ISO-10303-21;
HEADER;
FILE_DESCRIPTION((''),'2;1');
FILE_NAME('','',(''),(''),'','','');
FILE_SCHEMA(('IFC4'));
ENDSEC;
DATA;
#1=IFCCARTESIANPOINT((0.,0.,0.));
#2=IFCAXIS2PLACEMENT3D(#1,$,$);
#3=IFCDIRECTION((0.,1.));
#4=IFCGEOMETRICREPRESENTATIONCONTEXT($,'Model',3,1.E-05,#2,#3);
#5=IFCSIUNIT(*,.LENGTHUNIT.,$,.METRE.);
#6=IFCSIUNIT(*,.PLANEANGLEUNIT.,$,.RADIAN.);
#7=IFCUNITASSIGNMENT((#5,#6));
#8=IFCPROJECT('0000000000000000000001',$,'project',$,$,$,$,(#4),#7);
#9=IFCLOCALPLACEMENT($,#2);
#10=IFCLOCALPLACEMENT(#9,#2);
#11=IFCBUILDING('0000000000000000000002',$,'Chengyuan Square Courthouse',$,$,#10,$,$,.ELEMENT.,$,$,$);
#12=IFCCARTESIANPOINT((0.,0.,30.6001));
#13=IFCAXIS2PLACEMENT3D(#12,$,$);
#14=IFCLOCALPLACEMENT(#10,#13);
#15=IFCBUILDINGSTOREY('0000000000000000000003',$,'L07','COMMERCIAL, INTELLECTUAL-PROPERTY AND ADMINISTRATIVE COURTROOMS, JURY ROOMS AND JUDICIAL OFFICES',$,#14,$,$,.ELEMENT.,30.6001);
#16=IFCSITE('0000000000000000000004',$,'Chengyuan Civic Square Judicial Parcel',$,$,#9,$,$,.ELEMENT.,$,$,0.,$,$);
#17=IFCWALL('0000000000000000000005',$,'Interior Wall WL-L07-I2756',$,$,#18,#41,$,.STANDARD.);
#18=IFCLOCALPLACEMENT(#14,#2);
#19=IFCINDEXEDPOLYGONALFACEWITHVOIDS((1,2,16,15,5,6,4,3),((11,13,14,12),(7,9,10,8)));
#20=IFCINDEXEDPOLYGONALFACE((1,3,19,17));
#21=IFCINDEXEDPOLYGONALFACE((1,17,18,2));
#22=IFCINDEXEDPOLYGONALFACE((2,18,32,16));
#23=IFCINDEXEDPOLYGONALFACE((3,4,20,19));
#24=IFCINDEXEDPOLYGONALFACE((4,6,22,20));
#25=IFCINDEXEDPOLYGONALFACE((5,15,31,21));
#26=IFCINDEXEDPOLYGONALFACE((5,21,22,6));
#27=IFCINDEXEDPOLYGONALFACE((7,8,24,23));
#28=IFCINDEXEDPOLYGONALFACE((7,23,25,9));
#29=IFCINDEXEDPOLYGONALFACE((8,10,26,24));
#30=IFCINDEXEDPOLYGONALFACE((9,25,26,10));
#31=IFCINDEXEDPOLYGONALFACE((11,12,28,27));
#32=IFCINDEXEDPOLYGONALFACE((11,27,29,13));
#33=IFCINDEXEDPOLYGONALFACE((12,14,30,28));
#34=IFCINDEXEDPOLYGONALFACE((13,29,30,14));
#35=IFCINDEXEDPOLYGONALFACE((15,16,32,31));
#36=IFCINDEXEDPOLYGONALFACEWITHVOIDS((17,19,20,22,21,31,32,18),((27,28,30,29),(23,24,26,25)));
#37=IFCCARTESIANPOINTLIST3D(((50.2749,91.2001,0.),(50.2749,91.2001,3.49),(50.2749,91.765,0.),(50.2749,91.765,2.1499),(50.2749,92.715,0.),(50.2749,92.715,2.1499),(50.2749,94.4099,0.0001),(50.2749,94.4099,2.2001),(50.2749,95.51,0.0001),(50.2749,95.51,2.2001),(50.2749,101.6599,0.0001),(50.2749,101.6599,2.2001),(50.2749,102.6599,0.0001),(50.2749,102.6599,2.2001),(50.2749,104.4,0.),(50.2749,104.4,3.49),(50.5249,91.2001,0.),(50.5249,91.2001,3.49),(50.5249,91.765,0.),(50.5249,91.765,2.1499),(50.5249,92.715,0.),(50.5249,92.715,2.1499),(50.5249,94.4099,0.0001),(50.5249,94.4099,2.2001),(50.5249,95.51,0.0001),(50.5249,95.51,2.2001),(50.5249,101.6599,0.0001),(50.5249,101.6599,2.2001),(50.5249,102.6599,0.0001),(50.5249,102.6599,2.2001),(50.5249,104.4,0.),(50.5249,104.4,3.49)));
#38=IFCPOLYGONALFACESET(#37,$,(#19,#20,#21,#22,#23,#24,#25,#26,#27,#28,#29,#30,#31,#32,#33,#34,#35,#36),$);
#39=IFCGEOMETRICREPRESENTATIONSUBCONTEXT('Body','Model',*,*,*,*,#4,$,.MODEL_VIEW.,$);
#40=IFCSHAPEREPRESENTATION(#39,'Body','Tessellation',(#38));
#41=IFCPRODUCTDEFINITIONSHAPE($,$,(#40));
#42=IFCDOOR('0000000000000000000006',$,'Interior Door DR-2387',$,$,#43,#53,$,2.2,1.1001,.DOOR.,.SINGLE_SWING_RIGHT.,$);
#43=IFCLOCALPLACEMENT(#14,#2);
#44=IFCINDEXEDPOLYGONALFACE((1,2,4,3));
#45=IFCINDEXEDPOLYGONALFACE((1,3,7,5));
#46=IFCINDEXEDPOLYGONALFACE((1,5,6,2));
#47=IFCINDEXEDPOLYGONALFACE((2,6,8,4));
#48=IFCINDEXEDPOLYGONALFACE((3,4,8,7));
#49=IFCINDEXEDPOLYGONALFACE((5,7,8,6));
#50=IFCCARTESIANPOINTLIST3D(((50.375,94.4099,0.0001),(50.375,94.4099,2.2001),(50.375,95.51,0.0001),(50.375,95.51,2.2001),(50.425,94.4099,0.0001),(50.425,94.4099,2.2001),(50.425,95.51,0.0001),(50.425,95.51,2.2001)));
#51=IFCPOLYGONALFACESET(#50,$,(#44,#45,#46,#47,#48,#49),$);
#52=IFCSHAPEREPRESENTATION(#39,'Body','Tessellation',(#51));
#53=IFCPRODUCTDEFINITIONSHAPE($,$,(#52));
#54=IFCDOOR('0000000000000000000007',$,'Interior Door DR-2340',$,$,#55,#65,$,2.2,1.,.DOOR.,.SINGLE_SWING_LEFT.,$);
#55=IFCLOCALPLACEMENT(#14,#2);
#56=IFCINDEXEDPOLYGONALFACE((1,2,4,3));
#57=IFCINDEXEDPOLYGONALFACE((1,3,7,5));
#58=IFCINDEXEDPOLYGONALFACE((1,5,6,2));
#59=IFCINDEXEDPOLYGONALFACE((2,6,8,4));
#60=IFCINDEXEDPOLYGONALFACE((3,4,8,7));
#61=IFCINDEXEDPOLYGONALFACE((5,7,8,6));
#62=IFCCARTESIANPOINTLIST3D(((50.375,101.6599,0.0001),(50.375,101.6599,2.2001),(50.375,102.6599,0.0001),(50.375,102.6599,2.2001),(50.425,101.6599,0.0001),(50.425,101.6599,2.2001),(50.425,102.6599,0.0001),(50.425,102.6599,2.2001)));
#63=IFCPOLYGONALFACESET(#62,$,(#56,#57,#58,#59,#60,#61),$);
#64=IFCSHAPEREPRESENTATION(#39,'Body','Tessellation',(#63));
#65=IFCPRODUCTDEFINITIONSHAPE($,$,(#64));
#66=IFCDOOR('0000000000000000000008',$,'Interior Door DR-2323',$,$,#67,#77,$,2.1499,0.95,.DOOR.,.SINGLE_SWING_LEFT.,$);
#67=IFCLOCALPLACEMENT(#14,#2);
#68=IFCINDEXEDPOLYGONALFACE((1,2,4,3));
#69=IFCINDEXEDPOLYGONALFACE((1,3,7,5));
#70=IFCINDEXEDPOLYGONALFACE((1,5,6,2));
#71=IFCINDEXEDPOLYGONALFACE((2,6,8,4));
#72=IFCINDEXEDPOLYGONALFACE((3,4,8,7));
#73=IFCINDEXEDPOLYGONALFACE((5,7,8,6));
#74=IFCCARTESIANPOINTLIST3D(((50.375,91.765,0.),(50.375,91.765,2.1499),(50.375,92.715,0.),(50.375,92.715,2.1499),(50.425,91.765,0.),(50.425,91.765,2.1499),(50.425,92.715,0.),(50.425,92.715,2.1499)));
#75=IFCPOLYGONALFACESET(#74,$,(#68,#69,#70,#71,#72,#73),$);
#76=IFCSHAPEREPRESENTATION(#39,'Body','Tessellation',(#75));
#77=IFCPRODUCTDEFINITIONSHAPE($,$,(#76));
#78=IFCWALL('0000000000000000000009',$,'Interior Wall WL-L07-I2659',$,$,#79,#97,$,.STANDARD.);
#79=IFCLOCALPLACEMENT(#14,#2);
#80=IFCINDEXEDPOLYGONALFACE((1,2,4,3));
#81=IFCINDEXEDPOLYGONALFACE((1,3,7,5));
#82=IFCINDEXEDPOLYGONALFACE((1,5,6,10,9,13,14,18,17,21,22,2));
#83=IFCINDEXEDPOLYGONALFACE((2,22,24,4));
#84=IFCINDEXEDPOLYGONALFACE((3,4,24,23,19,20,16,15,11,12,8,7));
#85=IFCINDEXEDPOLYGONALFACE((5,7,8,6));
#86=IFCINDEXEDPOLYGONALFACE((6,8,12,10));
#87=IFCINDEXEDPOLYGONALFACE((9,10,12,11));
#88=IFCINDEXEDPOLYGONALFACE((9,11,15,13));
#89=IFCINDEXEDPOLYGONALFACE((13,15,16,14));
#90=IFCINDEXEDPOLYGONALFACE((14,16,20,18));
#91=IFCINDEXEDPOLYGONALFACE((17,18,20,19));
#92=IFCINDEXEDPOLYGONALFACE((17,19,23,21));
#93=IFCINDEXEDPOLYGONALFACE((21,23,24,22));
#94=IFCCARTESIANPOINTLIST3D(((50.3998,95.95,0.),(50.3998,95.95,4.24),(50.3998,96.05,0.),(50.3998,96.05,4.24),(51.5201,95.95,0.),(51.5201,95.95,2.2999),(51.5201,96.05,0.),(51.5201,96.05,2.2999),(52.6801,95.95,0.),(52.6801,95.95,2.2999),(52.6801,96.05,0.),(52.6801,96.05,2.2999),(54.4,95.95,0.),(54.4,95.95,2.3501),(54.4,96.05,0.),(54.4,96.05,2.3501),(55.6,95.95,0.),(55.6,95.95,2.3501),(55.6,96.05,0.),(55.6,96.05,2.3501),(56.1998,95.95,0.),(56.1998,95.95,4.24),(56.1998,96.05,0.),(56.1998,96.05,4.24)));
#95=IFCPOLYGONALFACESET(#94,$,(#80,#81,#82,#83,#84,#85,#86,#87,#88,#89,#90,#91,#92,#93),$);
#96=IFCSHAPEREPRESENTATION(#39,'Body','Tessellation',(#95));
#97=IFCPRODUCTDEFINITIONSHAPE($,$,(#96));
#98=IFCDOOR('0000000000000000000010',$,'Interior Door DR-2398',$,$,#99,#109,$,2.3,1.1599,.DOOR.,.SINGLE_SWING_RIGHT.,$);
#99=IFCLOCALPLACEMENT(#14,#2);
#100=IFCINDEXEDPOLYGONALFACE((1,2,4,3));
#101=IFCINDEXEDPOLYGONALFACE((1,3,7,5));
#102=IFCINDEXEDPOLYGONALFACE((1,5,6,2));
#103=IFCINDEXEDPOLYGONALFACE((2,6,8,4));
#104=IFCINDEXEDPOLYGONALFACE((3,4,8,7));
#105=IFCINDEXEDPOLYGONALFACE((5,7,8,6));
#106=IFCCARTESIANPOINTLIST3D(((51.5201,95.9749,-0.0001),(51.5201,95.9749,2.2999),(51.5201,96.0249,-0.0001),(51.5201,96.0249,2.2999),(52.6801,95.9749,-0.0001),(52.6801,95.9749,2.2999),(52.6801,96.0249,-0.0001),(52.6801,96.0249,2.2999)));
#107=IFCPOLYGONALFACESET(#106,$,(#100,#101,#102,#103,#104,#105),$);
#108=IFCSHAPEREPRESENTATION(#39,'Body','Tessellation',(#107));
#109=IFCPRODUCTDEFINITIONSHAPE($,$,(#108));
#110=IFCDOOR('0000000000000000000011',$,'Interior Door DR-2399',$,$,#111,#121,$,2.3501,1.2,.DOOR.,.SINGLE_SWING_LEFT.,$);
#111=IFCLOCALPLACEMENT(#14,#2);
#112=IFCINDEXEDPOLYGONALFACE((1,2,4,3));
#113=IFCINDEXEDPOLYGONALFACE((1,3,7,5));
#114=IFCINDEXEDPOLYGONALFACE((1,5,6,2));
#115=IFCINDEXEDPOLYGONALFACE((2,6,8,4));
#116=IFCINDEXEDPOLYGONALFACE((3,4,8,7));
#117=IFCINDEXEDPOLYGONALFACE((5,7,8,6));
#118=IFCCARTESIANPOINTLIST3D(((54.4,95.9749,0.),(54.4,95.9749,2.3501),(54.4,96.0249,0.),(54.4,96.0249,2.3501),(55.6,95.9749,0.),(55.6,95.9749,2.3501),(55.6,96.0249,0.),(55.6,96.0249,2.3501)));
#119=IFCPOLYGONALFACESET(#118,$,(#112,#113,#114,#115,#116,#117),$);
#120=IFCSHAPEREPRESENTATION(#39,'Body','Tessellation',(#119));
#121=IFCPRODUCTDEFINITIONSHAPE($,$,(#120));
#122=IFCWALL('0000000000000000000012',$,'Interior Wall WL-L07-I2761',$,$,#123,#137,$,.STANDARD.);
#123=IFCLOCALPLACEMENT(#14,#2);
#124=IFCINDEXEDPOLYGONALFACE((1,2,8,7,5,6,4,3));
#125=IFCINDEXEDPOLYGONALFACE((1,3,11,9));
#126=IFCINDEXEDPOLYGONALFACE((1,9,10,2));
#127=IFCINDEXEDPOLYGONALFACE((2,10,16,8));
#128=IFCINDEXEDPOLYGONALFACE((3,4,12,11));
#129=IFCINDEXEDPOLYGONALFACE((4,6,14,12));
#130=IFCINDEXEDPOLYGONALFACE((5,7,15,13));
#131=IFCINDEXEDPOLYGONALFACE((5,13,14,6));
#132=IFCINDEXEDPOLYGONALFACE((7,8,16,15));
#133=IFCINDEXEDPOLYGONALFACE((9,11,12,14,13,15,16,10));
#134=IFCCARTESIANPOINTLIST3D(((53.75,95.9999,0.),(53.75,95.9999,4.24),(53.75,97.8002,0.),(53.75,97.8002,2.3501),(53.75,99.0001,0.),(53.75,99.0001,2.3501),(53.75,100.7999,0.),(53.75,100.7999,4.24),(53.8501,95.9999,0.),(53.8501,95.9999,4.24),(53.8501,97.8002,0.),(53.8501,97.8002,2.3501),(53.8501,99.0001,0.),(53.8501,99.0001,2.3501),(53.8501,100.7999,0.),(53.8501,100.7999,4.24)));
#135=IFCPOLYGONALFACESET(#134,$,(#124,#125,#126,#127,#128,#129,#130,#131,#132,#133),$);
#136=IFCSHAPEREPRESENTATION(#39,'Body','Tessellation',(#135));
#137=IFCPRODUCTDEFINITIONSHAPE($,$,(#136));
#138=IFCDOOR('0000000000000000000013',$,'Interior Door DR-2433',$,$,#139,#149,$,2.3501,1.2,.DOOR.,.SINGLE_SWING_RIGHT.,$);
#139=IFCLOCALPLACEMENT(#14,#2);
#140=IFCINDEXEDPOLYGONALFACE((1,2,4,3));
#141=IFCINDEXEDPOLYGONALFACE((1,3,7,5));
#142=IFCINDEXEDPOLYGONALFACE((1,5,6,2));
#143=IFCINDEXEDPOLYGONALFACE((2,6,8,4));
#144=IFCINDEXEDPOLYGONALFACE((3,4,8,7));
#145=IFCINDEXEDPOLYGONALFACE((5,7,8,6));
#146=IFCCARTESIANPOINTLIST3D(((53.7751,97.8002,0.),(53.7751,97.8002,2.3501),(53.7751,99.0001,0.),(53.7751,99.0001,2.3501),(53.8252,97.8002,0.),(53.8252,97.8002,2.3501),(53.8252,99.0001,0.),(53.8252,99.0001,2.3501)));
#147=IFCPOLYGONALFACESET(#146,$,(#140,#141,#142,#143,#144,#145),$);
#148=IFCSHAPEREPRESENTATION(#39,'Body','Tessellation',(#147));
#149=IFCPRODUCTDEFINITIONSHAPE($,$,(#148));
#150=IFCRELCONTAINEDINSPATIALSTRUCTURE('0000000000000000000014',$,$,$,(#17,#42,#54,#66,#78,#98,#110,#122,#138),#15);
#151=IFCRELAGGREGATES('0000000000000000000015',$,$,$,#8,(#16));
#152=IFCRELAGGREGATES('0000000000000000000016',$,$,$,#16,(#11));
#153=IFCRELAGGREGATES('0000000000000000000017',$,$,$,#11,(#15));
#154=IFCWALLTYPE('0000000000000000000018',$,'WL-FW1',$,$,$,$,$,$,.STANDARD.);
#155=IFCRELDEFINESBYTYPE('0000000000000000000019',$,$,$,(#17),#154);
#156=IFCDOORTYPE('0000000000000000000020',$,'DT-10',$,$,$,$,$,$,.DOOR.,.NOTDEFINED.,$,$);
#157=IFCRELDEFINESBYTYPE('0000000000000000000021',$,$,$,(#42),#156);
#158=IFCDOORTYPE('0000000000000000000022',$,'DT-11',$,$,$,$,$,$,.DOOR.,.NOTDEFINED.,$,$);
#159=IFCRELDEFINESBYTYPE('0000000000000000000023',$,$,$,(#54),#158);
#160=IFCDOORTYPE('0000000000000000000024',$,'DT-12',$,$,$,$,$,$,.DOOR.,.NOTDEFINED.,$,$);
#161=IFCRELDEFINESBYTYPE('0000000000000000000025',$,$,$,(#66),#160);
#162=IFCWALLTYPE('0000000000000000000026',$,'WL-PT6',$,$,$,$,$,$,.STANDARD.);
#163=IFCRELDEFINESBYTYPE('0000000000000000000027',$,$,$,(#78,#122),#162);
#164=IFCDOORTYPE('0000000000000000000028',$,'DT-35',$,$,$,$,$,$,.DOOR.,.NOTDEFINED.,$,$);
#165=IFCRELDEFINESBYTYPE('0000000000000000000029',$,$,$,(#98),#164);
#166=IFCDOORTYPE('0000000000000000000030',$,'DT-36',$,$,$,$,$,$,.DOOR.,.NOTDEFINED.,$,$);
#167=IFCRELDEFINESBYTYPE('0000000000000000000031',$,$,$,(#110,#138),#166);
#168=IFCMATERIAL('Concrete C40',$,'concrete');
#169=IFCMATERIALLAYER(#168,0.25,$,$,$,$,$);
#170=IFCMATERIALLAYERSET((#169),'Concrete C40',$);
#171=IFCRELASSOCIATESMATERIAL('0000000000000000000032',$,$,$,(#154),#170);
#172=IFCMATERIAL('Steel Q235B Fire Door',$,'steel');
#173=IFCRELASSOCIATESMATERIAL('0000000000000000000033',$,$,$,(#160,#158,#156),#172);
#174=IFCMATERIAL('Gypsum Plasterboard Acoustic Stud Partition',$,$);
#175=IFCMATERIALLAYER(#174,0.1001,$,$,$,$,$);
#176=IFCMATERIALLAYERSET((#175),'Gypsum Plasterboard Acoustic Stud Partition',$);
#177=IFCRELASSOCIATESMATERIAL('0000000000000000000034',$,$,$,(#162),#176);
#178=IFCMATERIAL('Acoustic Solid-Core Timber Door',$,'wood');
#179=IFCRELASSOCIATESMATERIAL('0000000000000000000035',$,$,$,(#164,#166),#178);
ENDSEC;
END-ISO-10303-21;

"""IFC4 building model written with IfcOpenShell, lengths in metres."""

from ifc_helpers import new_model, si_unit, direction, frame, frame_2d, origin, place, context, subcontext, project, spatial, rectangle, extrude, material, layer, layer_set, type_object, element, fill, save


model = new_model("IFC4")

# Units and contexts
model_context = context("Model", 3, precision=1e-05, world=origin(), true_north=direction((0.0, 1.0)))
body_context = subcontext(model_context, "Body", "Model", "MODEL_VIEW")
ifc_project = project(units=[si_unit("LENGTHUNIT", "METRE"), si_unit("PLANEANGLEUNIT", "RADIAN")], contexts=[model_context])

# Site, building, storey
site_placement = place(None, origin())
site = spatial("IfcSite", under=ifc_project, at=site_placement, Name="Chengyuan Civic Square Judicial Parcel", CompositionType="ELEMENT", RefElevation=0.0)
building_placement = place(site_placement, origin())
building = spatial("IfcBuilding", under=site, at=building_placement, Name="Chengyuan Square Courthouse", CompositionType="ELEMENT")
storey_placement = place(building_placement, frame((0.0, 0.0, 30.6001)))
storey = spatial("IfcBuildingStorey", under=building, at=storey_placement, Name="L07", Description="COMMERCIAL, INTELLECTUAL-PROPERTY AND ADMINISTRATIVE COURTROOMS, JURY ROOMS AND JUDICIAL OFFICES", CompositionType="ELEMENT", Elevation=30.6001)

# Shared definitions
ifc_material_1 = material(Name="Concrete C40", Category="concrete")

# Shared definitions
ifc_layer_1 = layer(ifc_material_1, 0.25)
ifc_layer_set_1 = layer_set([ifc_layer_1], Name="Concrete C40")
wall_type_1 = type_object("IfcWallType", Name="WL-FW1", PredefinedType="STANDARD", material=ifc_layer_set_1)

# Shared definitions
ifc_material_2 = material(Name="Steel Q235B Fire Door", Category="steel")
door_type_1 = type_object("IfcDoorType", Name="DT-12", OperationType="NOTDEFINED", PredefinedType="DOOR", material=ifc_material_2)
door_type_2 = type_object("IfcDoorType", Name="DT-11", OperationType="NOTDEFINED", PredefinedType="DOOR", material=ifc_material_2)

# Wall, openings, doors
wall_1_placement = place(storey_placement, frame((50.3999, 91.2, 0.0), z_axis=(0.0, 0.0, 1.0), x_axis=(0.0, 1.0, 0.0)))
wall_1 = element("IfcWall", 1, at=wall_1_placement, inside=storey, type_object=wall_type_1, Name="Interior Wall WL-L07-I2756", PredefinedType="STANDARD", context=body_context, shape_type="SweptSolid", body=[
    extrude(rectangle(XDim=13.2, YDim=0.25, at=frame_2d((6.6001, 0.0))), origin(), (0.0, 0.0, 1.0), 3.49),
])
opening_1_placement = place(wall_1_placement, frame((0.5649, 0.0, 0.0)))
opening_1 = element("IfcOpeningElement", 2, at=opening_1_placement, cuts=wall_1, PredefinedType="OPENING", context=body_context, shape_type="SweptSolid", body=[
    extrude(rectangle(XDim=0.95, YDim=2.1499, at=frame_2d((0.4751, 1.075))), frame((0.0, 0.137, 0.0), z_axis=(0.0, -1.0, 0.0), x_axis=(1.0, 0.0, 0.0)), (0.0, 0.0, 1.0), 0.2739),
])
opening_2_placement = place(wall_1_placement, frame((10.46, 0.0, 0.0)))
opening_2 = element("IfcOpeningElement", 3, at=opening_2_placement, cuts=wall_1, PredefinedType="OPENING", context=body_context, shape_type="SweptSolid", body=[
    extrude(rectangle(XDim=1.0, YDim=2.2, at=frame_2d((0.5, 1.1001))), frame((0.0, 0.137, 0.0), z_axis=(0.0, -1.0, 0.0), x_axis=(1.0, 0.0, 0.0)), (0.0, 0.0, 1.0), 0.2739),
])
opening_3_placement = place(wall_1_placement, frame((3.21, 0.0, 0.0)))
opening_3 = element("IfcOpeningElement", 4, at=opening_3_placement, cuts=wall_1, PredefinedType="OPENING", context=body_context, shape_type="SweptSolid", body=[
    extrude(rectangle(XDim=1.1001, YDim=2.2, at=frame_2d((0.55, 1.1001))), frame((0.0, 0.137, 0.0), z_axis=(0.0, -1.0, 0.0), x_axis=(1.0, 0.0, 0.0)), (0.0, 0.0, 1.0), 0.2739),
])
door_type_3 = type_object("IfcDoorType", Name="DT-10", OperationType="NOTDEFINED", PredefinedType="DOOR", material=ifc_material_2)
door_1_placement = place(opening_3_placement, origin())
door_1 = element("IfcDoor", 5, at=door_1_placement, inside=storey, type_object=door_type_3, Name="Interior Door DR-2387", OperationType="SINGLE_SWING_RIGHT", OverallHeight=2.2, OverallWidth=1.1001, PredefinedType="DOOR", context=body_context, shape_type="SweptSolid", body=[
    extrude(rectangle(XDim=1.1001, YDim=2.2, at=frame_2d((0.55, 1.1001))), frame((0.0, 0.0249, 0.0), z_axis=(0.0, -1.0, 0.0), x_axis=(1.0, 0.0, 0.0)), (0.0, 0.0, 1.0), 0.05),
])
fill(opening_3, door_1)
door_2_placement = place(opening_2_placement, origin())
door_2 = element("IfcDoor", 6, at=door_2_placement, inside=storey, type_object=door_type_2, Name="Interior Door DR-2340", OperationType="SINGLE_SWING_LEFT", OverallHeight=2.2, OverallWidth=1.0, PredefinedType="DOOR", context=body_context, shape_type="SweptSolid", body=[
    extrude(rectangle(XDim=1.0, YDim=2.2, at=frame_2d((0.5, 1.1001))), frame((0.0, 0.0249, 0.0), z_axis=(0.0, -1.0, 0.0), x_axis=(1.0, 0.0, 0.0)), (0.0, 0.0, 1.0), 0.05),
])
fill(opening_2, door_2)
door_3_placement = place(opening_1_placement, origin())
door_3 = element("IfcDoor", 7, at=door_3_placement, inside=storey, type_object=door_type_1, Name="Interior Door DR-2323", OperationType="SINGLE_SWING_LEFT", OverallHeight=2.1499, OverallWidth=0.95, PredefinedType="DOOR", context=body_context, shape_type="SweptSolid", body=[
    extrude(rectangle(XDim=0.95, YDim=2.1499, at=frame_2d((0.4751, 1.075))), frame((0.0, 0.0249, 0.0), z_axis=(0.0, -1.0, 0.0), x_axis=(1.0, 0.0, 0.0)), (0.0, 0.0, 1.0), 0.05),
])
fill(opening_1, door_3)

# Shared definitions
ifc_material_3 = material(Name="Acoustic Solid-Core Timber Door", Category="wood")

# Wall, openings, doors
ifc_material_4 = material(Name="Gypsum Plasterboard Acoustic Stud Partition")
ifc_layer_2 = layer(ifc_material_4, 0.1001)
ifc_layer_set_2 = layer_set([ifc_layer_2], Name="Gypsum Plasterboard Acoustic Stud Partition")
wall_type_2 = type_object("IfcWallType", Name="WL-PT6", PredefinedType="STANDARD", material=ifc_layer_set_2)
wall_2_placement = place(storey_placement, frame((50.3999, 96.0, 0.0), z_axis=(0.0, 0.0, 1.0), x_axis=(1.0, 0.0, 0.0)))
wall_2 = element("IfcWall", 8, at=wall_2_placement, inside=storey, type_object=wall_type_2, Name="Interior Wall WL-L07-I2659", PredefinedType="STANDARD", context=body_context, shape_type="SweptSolid", body=[
    extrude(rectangle(XDim=5.8, YDim=0.1001, at=frame_2d((2.8999, 0.0))), origin(), (0.0, 0.0, 1.0), 4.24),
])
opening_4_placement = place(wall_2_placement, frame((1.1201, 0.0, 0.0)))
opening_4 = element("IfcOpeningElement", 9, at=opening_4_placement, cuts=wall_2, PredefinedType="OPENING", context=body_context, shape_type="SweptSolid", body=[
    extrude(rectangle(XDim=1.1599, YDim=2.3, at=frame_2d((0.5801, 1.1499))), frame((0.0, 0.062, 0.0), z_axis=(0.0, -1.0, 0.0), x_axis=(1.0, 0.0, 0.0)), (0.0, 0.0, 1.0), 0.124),
])
opening_5_placement = place(wall_2_placement, frame((4.0, 0.0, 0.0)))
opening_5 = element("IfcOpeningElement", 10, at=opening_5_placement, cuts=wall_2, PredefinedType="OPENING", context=body_context, shape_type="SweptSolid", body=[
    extrude(rectangle(XDim=1.2, YDim=2.3501, at=frame_2d((0.6001, 1.175))), frame((0.0, 0.062, 0.0), z_axis=(0.0, -1.0, 0.0), x_axis=(1.0, 0.0, 0.0)), (0.0, 0.0, 1.0), 0.124),
])
door_type_4 = type_object("IfcDoorType", Name="DT-35", OperationType="NOTDEFINED", PredefinedType="DOOR", material=ifc_material_3)
door_4_placement = place(opening_4_placement, origin())
door_4 = element("IfcDoor", 11, at=door_4_placement, inside=storey, type_object=door_type_4, Name="Interior Door DR-2398", OperationType="SINGLE_SWING_RIGHT", OverallHeight=2.3, OverallWidth=1.1599, PredefinedType="DOOR", context=body_context, shape_type="SweptSolid", body=[
    extrude(rectangle(XDim=1.1599, YDim=2.3, at=frame_2d((0.5801, 1.1499))), frame((0.0, 0.0249, 0.0), z_axis=(0.0, -1.0, 0.0), x_axis=(1.0, 0.0, 0.0)), (0.0, 0.0, 1.0), 0.05),
])
fill(opening_4, door_4)
door_type_5 = type_object("IfcDoorType", Name="DT-36", OperationType="NOTDEFINED", PredefinedType="DOOR", material=ifc_material_3)
door_5_placement = place(opening_5_placement, origin())
door_5 = element("IfcDoor", 12, at=door_5_placement, inside=storey, type_object=door_type_5, Name="Interior Door DR-2399", OperationType="SINGLE_SWING_LEFT", OverallHeight=2.3501, OverallWidth=1.2, PredefinedType="DOOR", context=body_context, shape_type="SweptSolid", body=[
    extrude(rectangle(XDim=1.2, YDim=2.3501, at=frame_2d((0.6001, 1.175))), frame((0.0, 0.0249, 0.0), z_axis=(0.0, -1.0, 0.0), x_axis=(1.0, 0.0, 0.0)), (0.0, 0.0, 1.0), 0.05),
])
fill(opening_5, door_5)

# Wall, opening, door
wall_3_placement = place(storey_placement, frame((53.8, 96.0, 0.0), z_axis=(0.0, 0.0, 1.0), x_axis=(0.0, 1.0, 0.0)))
wall_3 = element("IfcWall", 13, at=wall_3_placement, inside=storey, type_object=wall_type_2, Name="Interior Wall WL-L07-I2761", PredefinedType="STANDARD", context=body_context, shape_type="SweptSolid", body=[
    extrude(rectangle(XDim=4.8, YDim=0.1001, at=frame_2d((2.3999, 0.0))), origin(), (0.0, 0.0, 1.0), 4.24),
])
opening_6_placement = place(wall_3_placement, frame((1.8, 0.0, 0.0)))
opening_6 = element("IfcOpeningElement", 14, at=opening_6_placement, cuts=wall_3, PredefinedType="OPENING", context=body_context, shape_type="SweptSolid", body=[
    extrude(rectangle(XDim=1.2, YDim=2.3501, at=frame_2d((0.6001, 1.175))), frame((0.0, 0.062, 0.0), z_axis=(0.0, -1.0, 0.0), x_axis=(1.0, 0.0, 0.0)), (0.0, 0.0, 1.0), 0.124),
])
door_6_placement = place(opening_6_placement, origin())
door_6 = element("IfcDoor", 15, at=door_6_placement, inside=storey, type_object=door_type_5, Name="Interior Door DR-2433", OperationType="SINGLE_SWING_RIGHT", OverallHeight=2.3501, OverallWidth=1.2, PredefinedType="DOOR", context=body_context, shape_type="SweptSolid", body=[
    extrude(rectangle(XDim=1.2, YDim=2.3501, at=frame_2d((0.6001, 1.175))), frame((0.0, 0.0249, 0.0), z_axis=(0.0, -1.0, 0.0), x_axis=(1.0, 0.0, 0.0)), (0.0, 0.0, 1.0), 0.05),
])
fill(opening_6, door_6)

save(model, "model.ifc")
